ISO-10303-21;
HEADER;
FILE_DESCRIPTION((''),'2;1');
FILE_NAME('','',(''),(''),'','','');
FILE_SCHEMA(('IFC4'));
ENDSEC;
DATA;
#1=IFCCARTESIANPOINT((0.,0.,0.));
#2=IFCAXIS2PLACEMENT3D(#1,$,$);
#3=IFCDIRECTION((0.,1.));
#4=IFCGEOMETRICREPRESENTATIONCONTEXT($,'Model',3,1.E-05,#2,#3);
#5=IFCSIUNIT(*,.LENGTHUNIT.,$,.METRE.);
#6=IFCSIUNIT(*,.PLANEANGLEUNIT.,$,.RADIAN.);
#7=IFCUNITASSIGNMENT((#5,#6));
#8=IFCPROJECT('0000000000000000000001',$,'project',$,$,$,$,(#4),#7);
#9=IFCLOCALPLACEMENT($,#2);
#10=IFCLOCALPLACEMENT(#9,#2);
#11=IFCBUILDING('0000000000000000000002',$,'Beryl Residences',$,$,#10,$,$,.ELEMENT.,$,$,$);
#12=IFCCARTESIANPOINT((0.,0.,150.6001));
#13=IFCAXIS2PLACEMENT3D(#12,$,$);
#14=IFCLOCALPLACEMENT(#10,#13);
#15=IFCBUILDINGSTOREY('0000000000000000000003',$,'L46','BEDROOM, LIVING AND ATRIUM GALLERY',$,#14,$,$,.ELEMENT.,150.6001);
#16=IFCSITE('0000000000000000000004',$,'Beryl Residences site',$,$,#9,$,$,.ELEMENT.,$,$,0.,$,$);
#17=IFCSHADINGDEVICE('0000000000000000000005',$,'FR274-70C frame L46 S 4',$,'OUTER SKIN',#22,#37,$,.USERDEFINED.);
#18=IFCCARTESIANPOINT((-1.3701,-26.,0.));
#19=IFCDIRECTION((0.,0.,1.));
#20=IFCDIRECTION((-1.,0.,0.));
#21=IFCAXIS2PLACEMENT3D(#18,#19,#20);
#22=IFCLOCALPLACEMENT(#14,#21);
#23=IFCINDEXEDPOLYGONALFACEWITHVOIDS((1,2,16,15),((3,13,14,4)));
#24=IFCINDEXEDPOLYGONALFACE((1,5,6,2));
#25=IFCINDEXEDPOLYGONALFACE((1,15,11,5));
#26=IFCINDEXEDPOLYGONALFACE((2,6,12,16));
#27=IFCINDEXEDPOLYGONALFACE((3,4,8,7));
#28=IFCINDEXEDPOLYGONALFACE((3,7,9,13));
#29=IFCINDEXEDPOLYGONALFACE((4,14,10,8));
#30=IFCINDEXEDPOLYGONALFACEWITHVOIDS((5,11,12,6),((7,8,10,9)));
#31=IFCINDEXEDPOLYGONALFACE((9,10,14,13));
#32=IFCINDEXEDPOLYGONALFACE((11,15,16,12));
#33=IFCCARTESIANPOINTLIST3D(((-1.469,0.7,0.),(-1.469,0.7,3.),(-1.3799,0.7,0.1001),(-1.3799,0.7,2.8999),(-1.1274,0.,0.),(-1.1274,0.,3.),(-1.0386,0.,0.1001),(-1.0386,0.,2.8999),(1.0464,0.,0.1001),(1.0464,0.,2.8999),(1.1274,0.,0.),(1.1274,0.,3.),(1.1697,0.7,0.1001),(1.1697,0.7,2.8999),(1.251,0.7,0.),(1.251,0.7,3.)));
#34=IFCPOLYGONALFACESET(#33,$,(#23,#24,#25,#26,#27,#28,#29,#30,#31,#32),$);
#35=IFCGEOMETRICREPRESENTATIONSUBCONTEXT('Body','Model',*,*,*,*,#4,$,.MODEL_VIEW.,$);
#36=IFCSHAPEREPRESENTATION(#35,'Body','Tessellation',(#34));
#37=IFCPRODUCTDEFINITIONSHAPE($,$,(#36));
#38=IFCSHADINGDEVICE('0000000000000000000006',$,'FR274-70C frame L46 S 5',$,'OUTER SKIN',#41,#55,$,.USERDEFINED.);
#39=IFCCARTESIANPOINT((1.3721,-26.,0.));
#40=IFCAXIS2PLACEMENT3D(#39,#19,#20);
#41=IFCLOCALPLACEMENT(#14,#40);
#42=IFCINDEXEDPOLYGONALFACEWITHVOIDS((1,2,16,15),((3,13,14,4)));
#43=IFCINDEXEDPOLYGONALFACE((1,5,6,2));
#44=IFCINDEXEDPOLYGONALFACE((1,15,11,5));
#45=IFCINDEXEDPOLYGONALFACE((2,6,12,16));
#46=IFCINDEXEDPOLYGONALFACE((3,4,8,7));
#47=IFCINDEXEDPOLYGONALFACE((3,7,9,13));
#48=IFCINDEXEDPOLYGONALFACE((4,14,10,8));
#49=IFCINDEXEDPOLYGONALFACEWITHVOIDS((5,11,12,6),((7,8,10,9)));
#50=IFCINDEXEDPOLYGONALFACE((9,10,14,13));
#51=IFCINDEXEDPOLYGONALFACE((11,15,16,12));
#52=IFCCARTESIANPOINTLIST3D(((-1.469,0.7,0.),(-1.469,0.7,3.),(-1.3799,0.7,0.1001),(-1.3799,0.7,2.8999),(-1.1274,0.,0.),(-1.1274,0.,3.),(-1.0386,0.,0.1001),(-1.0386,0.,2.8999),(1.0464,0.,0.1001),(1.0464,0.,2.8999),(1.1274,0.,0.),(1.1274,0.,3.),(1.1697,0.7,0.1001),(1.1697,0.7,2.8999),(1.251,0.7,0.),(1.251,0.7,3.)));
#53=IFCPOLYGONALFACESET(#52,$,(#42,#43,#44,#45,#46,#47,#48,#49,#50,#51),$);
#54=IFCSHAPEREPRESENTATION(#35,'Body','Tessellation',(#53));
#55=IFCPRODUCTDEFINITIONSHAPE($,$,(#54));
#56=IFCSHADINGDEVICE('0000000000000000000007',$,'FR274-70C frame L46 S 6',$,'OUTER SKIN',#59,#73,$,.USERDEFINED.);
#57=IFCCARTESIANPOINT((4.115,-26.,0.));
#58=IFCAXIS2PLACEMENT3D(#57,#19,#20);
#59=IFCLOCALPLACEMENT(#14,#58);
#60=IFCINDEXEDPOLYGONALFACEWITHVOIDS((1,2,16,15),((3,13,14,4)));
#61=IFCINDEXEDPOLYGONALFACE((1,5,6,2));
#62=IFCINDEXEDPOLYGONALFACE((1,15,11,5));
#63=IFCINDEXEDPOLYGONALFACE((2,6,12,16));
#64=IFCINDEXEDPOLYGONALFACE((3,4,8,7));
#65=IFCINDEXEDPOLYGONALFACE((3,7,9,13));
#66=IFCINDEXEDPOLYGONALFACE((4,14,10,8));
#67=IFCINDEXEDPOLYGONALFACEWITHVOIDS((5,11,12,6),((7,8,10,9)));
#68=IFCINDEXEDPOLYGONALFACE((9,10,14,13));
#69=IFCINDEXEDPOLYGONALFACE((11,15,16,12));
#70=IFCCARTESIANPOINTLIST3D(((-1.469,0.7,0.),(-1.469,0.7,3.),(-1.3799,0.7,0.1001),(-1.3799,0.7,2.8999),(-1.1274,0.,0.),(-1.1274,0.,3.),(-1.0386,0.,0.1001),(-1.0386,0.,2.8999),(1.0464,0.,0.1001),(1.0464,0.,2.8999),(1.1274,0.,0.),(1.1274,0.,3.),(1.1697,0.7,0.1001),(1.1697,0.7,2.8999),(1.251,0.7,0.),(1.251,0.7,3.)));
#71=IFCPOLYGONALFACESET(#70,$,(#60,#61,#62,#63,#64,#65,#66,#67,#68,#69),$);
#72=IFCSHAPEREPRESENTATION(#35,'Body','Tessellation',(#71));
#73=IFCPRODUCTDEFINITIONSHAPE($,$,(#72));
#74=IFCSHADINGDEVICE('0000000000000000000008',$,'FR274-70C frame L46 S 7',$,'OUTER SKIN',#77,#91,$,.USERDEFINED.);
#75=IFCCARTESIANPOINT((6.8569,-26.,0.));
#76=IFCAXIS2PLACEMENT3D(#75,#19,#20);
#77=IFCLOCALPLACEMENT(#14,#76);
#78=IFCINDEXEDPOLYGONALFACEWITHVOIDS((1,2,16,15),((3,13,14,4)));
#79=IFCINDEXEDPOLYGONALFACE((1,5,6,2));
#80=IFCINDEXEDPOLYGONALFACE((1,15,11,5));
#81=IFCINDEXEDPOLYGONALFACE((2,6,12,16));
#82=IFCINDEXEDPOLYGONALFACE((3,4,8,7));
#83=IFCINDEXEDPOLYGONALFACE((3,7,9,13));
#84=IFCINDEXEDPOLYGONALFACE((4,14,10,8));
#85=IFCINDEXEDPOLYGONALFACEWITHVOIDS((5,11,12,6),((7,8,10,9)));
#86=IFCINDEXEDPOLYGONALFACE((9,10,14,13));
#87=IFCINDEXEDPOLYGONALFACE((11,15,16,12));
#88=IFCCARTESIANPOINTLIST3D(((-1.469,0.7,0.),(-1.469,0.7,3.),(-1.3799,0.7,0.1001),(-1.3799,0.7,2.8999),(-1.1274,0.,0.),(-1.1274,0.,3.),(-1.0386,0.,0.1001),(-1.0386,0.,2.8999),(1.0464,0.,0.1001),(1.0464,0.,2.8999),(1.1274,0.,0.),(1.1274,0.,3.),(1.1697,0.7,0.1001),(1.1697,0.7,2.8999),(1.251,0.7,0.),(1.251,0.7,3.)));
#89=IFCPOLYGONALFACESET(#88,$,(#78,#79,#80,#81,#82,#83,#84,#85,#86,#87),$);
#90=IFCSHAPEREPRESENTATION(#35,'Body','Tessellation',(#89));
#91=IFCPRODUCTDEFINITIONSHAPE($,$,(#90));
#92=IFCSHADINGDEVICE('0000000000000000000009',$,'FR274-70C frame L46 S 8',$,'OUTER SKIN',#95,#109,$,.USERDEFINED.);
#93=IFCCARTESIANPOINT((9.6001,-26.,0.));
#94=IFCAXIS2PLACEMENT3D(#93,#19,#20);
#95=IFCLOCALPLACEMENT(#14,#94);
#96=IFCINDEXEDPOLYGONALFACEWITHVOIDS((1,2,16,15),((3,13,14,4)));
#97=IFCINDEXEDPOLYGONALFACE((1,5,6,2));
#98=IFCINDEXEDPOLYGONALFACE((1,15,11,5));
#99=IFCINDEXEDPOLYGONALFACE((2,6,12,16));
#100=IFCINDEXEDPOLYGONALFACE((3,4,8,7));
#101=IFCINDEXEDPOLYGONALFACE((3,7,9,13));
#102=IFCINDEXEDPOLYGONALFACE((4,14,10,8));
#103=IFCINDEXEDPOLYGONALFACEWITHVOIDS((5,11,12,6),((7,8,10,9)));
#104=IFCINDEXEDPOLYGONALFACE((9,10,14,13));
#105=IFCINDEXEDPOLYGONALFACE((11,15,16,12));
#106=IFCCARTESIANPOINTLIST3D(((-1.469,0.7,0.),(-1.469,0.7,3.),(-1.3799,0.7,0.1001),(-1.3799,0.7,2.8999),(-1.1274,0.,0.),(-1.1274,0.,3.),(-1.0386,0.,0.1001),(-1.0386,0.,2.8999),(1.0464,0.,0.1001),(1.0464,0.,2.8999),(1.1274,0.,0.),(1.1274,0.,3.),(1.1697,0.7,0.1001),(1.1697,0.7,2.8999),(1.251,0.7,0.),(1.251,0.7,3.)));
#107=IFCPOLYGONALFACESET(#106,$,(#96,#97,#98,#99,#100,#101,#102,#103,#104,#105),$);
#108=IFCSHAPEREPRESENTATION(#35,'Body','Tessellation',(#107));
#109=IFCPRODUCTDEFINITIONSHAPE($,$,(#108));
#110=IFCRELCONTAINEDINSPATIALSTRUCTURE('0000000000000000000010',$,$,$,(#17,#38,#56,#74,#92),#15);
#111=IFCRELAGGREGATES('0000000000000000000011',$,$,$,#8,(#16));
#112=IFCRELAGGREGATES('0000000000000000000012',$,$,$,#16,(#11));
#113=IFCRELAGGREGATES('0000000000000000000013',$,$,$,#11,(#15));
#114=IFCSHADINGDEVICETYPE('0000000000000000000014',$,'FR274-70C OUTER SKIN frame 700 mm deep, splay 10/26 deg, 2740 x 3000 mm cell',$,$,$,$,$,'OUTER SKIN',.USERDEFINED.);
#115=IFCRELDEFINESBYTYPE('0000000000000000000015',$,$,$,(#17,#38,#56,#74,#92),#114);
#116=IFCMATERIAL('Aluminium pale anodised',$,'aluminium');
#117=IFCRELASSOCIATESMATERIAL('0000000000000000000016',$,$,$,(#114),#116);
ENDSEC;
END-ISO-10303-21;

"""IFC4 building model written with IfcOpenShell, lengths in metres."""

from ifc_helpers import new_model, entity, si_unit, direction, frame, origin, place, context, subcontext, project, spatial, source, transform, mapped, material, type_object, type_shapes, element, save


model = new_model("IFC4")

# Units and contexts
model_context = context("Model", 3, precision=1e-05, world=origin(), true_north=direction((0.0, 1.0)))
body_context = subcontext(model_context, "Body", "Model", "MODEL_VIEW")
ifc_project = project(units=[si_unit("LENGTHUNIT", "METRE"), si_unit("PLANEANGLEUNIT", "RADIAN")], contexts=[model_context])

# Site, building, storey
site_placement = place(None, origin())
site = spatial("IfcSite", under=ifc_project, at=site_placement, Name="Beryl Residences site", CompositionType="ELEMENT", RefElevation=0.0)
building_placement = place(site_placement, origin())
building = spatial("IfcBuilding", under=site, at=building_placement, Name="Beryl Residences", CompositionType="ELEMENT")
storey_placement = place(building_placement, frame((0.0, 0.0, 150.6001)))
storey = spatial("IfcBuildingStorey", under=building, at=storey_placement, Name="L46", Description="BEDROOM, LIVING AND ATRIUM GALLERY", CompositionType="ELEMENT", Elevation=150.6001)

# Shading devices
ifc_material_1 = material(Name="Aluminium pale anodised", Category="aluminium")
shading_device_type = type_object("IfcShadingDeviceType", Name="FR274-70C OUTER SKIN frame 700 mm deep, splay 10/26 deg, 2740 x 3000 mm cell", ElementType="OUTER SKIN", PredefinedType="USERDEFINED", material=ifc_material_1)
cartesian_point_1 = entity("IfcCartesianPoint", [-1.1274, 0.0])
cartesian_point_2 = entity("IfcCartesianPoint", [-1.0464, 0.1001])
cartesian_point_3 = entity("IfcCartesianPoint", [-1.251, 0.0])
cartesian_point_4 = entity("IfcCartesianPoint", [-1.1697, 0.1001])
shared_shape_1 = source(origin(), body_context, "Body", "SweptSolid", [
    entity("IfcExtrudedAreaSolidTapered", entity("IfcArbitraryProfileDefWithVoids", "AREA", None, entity("IfcPolyline", [cartesian_point_1, entity("IfcCartesianPoint", [1.1274, 0.0]), entity("IfcCartesianPoint", [1.1274, 3.0]), entity("IfcCartesianPoint", [-1.1274, 3.0]), cartesian_point_1]), [entity("IfcPolyline", [cartesian_point_2, entity("IfcCartesianPoint", [1.0386, 0.1001]), entity("IfcCartesianPoint", [1.0386, 2.8999]), entity("IfcCartesianPoint", [-1.0464, 2.8999]), cartesian_point_2])]), entity("IfcAxis2Placement3D", entity("IfcCartesianPoint", [0.0, 0.0, 0.0]), entity("IfcDirection", [0.0, 1.0, 0.0]), entity("IfcDirection", [-1.0, 0.0, 0.0])), entity("IfcDirection", [0.0, 0.0, 1.0]), 0.7, entity("IfcArbitraryProfileDefWithVoids", "AREA", None, entity("IfcPolyline", [cartesian_point_3, entity("IfcCartesianPoint", [1.469, 0.0]), entity("IfcCartesianPoint", [1.469, 3.0]), entity("IfcCartesianPoint", [-1.251, 3.0]), cartesian_point_3]), [entity("IfcPolyline", [cartesian_point_4, entity("IfcCartesianPoint", [1.3799, 0.1001]), entity("IfcCartesianPoint", [1.3799, 2.8999]), entity("IfcCartesianPoint", [-1.1697, 2.8999]), cartesian_point_4])])),
])
type_shapes(shading_device_type, [shared_shape_1])
for number, where, z_axis, x_axis, name in (
    (1, (-1.3701, -26.0, 0.0), (0.0, 0.0, 1.0), (-1.0, 0.0, 0.0), "FR274-70C frame L46 S 4"),
    (2, (1.3721, -26.0, 0.0), (0.0, 0.0, 1.0), (-1.0, 0.0, 0.0), "FR274-70C frame L46 S 5"),
    (3, (4.115, -26.0, 0.0), (0.0, 0.0, 1.0), (-1.0, 0.0, 0.0), "FR274-70C frame L46 S 6"),
    (4, (6.8569, -26.0, 0.0), (0.0, 0.0, 1.0), (-1.0, 0.0, 0.0), "FR274-70C frame L46 S 7"),
    (5, (9.6001, -26.0, 0.0), (0.0, 0.0, 1.0), (-1.0, 0.0, 0.0), "FR274-70C frame L46 S 8"),
):
    element("IfcShadingDevice", number, at=place(storey_placement, frame(where, z_axis=z_axis, x_axis=x_axis)), inside=storey, type_object=shading_device_type, Name=name, ObjectType="OUTER SKIN", PredefinedType="USERDEFINED", context=body_context, shape_type="MappedRepresentation", body=[
        mapped(shared_shape_1, transform((0.0, 0.0, 0.0))),
    ])

save(model, "model.ifc")
